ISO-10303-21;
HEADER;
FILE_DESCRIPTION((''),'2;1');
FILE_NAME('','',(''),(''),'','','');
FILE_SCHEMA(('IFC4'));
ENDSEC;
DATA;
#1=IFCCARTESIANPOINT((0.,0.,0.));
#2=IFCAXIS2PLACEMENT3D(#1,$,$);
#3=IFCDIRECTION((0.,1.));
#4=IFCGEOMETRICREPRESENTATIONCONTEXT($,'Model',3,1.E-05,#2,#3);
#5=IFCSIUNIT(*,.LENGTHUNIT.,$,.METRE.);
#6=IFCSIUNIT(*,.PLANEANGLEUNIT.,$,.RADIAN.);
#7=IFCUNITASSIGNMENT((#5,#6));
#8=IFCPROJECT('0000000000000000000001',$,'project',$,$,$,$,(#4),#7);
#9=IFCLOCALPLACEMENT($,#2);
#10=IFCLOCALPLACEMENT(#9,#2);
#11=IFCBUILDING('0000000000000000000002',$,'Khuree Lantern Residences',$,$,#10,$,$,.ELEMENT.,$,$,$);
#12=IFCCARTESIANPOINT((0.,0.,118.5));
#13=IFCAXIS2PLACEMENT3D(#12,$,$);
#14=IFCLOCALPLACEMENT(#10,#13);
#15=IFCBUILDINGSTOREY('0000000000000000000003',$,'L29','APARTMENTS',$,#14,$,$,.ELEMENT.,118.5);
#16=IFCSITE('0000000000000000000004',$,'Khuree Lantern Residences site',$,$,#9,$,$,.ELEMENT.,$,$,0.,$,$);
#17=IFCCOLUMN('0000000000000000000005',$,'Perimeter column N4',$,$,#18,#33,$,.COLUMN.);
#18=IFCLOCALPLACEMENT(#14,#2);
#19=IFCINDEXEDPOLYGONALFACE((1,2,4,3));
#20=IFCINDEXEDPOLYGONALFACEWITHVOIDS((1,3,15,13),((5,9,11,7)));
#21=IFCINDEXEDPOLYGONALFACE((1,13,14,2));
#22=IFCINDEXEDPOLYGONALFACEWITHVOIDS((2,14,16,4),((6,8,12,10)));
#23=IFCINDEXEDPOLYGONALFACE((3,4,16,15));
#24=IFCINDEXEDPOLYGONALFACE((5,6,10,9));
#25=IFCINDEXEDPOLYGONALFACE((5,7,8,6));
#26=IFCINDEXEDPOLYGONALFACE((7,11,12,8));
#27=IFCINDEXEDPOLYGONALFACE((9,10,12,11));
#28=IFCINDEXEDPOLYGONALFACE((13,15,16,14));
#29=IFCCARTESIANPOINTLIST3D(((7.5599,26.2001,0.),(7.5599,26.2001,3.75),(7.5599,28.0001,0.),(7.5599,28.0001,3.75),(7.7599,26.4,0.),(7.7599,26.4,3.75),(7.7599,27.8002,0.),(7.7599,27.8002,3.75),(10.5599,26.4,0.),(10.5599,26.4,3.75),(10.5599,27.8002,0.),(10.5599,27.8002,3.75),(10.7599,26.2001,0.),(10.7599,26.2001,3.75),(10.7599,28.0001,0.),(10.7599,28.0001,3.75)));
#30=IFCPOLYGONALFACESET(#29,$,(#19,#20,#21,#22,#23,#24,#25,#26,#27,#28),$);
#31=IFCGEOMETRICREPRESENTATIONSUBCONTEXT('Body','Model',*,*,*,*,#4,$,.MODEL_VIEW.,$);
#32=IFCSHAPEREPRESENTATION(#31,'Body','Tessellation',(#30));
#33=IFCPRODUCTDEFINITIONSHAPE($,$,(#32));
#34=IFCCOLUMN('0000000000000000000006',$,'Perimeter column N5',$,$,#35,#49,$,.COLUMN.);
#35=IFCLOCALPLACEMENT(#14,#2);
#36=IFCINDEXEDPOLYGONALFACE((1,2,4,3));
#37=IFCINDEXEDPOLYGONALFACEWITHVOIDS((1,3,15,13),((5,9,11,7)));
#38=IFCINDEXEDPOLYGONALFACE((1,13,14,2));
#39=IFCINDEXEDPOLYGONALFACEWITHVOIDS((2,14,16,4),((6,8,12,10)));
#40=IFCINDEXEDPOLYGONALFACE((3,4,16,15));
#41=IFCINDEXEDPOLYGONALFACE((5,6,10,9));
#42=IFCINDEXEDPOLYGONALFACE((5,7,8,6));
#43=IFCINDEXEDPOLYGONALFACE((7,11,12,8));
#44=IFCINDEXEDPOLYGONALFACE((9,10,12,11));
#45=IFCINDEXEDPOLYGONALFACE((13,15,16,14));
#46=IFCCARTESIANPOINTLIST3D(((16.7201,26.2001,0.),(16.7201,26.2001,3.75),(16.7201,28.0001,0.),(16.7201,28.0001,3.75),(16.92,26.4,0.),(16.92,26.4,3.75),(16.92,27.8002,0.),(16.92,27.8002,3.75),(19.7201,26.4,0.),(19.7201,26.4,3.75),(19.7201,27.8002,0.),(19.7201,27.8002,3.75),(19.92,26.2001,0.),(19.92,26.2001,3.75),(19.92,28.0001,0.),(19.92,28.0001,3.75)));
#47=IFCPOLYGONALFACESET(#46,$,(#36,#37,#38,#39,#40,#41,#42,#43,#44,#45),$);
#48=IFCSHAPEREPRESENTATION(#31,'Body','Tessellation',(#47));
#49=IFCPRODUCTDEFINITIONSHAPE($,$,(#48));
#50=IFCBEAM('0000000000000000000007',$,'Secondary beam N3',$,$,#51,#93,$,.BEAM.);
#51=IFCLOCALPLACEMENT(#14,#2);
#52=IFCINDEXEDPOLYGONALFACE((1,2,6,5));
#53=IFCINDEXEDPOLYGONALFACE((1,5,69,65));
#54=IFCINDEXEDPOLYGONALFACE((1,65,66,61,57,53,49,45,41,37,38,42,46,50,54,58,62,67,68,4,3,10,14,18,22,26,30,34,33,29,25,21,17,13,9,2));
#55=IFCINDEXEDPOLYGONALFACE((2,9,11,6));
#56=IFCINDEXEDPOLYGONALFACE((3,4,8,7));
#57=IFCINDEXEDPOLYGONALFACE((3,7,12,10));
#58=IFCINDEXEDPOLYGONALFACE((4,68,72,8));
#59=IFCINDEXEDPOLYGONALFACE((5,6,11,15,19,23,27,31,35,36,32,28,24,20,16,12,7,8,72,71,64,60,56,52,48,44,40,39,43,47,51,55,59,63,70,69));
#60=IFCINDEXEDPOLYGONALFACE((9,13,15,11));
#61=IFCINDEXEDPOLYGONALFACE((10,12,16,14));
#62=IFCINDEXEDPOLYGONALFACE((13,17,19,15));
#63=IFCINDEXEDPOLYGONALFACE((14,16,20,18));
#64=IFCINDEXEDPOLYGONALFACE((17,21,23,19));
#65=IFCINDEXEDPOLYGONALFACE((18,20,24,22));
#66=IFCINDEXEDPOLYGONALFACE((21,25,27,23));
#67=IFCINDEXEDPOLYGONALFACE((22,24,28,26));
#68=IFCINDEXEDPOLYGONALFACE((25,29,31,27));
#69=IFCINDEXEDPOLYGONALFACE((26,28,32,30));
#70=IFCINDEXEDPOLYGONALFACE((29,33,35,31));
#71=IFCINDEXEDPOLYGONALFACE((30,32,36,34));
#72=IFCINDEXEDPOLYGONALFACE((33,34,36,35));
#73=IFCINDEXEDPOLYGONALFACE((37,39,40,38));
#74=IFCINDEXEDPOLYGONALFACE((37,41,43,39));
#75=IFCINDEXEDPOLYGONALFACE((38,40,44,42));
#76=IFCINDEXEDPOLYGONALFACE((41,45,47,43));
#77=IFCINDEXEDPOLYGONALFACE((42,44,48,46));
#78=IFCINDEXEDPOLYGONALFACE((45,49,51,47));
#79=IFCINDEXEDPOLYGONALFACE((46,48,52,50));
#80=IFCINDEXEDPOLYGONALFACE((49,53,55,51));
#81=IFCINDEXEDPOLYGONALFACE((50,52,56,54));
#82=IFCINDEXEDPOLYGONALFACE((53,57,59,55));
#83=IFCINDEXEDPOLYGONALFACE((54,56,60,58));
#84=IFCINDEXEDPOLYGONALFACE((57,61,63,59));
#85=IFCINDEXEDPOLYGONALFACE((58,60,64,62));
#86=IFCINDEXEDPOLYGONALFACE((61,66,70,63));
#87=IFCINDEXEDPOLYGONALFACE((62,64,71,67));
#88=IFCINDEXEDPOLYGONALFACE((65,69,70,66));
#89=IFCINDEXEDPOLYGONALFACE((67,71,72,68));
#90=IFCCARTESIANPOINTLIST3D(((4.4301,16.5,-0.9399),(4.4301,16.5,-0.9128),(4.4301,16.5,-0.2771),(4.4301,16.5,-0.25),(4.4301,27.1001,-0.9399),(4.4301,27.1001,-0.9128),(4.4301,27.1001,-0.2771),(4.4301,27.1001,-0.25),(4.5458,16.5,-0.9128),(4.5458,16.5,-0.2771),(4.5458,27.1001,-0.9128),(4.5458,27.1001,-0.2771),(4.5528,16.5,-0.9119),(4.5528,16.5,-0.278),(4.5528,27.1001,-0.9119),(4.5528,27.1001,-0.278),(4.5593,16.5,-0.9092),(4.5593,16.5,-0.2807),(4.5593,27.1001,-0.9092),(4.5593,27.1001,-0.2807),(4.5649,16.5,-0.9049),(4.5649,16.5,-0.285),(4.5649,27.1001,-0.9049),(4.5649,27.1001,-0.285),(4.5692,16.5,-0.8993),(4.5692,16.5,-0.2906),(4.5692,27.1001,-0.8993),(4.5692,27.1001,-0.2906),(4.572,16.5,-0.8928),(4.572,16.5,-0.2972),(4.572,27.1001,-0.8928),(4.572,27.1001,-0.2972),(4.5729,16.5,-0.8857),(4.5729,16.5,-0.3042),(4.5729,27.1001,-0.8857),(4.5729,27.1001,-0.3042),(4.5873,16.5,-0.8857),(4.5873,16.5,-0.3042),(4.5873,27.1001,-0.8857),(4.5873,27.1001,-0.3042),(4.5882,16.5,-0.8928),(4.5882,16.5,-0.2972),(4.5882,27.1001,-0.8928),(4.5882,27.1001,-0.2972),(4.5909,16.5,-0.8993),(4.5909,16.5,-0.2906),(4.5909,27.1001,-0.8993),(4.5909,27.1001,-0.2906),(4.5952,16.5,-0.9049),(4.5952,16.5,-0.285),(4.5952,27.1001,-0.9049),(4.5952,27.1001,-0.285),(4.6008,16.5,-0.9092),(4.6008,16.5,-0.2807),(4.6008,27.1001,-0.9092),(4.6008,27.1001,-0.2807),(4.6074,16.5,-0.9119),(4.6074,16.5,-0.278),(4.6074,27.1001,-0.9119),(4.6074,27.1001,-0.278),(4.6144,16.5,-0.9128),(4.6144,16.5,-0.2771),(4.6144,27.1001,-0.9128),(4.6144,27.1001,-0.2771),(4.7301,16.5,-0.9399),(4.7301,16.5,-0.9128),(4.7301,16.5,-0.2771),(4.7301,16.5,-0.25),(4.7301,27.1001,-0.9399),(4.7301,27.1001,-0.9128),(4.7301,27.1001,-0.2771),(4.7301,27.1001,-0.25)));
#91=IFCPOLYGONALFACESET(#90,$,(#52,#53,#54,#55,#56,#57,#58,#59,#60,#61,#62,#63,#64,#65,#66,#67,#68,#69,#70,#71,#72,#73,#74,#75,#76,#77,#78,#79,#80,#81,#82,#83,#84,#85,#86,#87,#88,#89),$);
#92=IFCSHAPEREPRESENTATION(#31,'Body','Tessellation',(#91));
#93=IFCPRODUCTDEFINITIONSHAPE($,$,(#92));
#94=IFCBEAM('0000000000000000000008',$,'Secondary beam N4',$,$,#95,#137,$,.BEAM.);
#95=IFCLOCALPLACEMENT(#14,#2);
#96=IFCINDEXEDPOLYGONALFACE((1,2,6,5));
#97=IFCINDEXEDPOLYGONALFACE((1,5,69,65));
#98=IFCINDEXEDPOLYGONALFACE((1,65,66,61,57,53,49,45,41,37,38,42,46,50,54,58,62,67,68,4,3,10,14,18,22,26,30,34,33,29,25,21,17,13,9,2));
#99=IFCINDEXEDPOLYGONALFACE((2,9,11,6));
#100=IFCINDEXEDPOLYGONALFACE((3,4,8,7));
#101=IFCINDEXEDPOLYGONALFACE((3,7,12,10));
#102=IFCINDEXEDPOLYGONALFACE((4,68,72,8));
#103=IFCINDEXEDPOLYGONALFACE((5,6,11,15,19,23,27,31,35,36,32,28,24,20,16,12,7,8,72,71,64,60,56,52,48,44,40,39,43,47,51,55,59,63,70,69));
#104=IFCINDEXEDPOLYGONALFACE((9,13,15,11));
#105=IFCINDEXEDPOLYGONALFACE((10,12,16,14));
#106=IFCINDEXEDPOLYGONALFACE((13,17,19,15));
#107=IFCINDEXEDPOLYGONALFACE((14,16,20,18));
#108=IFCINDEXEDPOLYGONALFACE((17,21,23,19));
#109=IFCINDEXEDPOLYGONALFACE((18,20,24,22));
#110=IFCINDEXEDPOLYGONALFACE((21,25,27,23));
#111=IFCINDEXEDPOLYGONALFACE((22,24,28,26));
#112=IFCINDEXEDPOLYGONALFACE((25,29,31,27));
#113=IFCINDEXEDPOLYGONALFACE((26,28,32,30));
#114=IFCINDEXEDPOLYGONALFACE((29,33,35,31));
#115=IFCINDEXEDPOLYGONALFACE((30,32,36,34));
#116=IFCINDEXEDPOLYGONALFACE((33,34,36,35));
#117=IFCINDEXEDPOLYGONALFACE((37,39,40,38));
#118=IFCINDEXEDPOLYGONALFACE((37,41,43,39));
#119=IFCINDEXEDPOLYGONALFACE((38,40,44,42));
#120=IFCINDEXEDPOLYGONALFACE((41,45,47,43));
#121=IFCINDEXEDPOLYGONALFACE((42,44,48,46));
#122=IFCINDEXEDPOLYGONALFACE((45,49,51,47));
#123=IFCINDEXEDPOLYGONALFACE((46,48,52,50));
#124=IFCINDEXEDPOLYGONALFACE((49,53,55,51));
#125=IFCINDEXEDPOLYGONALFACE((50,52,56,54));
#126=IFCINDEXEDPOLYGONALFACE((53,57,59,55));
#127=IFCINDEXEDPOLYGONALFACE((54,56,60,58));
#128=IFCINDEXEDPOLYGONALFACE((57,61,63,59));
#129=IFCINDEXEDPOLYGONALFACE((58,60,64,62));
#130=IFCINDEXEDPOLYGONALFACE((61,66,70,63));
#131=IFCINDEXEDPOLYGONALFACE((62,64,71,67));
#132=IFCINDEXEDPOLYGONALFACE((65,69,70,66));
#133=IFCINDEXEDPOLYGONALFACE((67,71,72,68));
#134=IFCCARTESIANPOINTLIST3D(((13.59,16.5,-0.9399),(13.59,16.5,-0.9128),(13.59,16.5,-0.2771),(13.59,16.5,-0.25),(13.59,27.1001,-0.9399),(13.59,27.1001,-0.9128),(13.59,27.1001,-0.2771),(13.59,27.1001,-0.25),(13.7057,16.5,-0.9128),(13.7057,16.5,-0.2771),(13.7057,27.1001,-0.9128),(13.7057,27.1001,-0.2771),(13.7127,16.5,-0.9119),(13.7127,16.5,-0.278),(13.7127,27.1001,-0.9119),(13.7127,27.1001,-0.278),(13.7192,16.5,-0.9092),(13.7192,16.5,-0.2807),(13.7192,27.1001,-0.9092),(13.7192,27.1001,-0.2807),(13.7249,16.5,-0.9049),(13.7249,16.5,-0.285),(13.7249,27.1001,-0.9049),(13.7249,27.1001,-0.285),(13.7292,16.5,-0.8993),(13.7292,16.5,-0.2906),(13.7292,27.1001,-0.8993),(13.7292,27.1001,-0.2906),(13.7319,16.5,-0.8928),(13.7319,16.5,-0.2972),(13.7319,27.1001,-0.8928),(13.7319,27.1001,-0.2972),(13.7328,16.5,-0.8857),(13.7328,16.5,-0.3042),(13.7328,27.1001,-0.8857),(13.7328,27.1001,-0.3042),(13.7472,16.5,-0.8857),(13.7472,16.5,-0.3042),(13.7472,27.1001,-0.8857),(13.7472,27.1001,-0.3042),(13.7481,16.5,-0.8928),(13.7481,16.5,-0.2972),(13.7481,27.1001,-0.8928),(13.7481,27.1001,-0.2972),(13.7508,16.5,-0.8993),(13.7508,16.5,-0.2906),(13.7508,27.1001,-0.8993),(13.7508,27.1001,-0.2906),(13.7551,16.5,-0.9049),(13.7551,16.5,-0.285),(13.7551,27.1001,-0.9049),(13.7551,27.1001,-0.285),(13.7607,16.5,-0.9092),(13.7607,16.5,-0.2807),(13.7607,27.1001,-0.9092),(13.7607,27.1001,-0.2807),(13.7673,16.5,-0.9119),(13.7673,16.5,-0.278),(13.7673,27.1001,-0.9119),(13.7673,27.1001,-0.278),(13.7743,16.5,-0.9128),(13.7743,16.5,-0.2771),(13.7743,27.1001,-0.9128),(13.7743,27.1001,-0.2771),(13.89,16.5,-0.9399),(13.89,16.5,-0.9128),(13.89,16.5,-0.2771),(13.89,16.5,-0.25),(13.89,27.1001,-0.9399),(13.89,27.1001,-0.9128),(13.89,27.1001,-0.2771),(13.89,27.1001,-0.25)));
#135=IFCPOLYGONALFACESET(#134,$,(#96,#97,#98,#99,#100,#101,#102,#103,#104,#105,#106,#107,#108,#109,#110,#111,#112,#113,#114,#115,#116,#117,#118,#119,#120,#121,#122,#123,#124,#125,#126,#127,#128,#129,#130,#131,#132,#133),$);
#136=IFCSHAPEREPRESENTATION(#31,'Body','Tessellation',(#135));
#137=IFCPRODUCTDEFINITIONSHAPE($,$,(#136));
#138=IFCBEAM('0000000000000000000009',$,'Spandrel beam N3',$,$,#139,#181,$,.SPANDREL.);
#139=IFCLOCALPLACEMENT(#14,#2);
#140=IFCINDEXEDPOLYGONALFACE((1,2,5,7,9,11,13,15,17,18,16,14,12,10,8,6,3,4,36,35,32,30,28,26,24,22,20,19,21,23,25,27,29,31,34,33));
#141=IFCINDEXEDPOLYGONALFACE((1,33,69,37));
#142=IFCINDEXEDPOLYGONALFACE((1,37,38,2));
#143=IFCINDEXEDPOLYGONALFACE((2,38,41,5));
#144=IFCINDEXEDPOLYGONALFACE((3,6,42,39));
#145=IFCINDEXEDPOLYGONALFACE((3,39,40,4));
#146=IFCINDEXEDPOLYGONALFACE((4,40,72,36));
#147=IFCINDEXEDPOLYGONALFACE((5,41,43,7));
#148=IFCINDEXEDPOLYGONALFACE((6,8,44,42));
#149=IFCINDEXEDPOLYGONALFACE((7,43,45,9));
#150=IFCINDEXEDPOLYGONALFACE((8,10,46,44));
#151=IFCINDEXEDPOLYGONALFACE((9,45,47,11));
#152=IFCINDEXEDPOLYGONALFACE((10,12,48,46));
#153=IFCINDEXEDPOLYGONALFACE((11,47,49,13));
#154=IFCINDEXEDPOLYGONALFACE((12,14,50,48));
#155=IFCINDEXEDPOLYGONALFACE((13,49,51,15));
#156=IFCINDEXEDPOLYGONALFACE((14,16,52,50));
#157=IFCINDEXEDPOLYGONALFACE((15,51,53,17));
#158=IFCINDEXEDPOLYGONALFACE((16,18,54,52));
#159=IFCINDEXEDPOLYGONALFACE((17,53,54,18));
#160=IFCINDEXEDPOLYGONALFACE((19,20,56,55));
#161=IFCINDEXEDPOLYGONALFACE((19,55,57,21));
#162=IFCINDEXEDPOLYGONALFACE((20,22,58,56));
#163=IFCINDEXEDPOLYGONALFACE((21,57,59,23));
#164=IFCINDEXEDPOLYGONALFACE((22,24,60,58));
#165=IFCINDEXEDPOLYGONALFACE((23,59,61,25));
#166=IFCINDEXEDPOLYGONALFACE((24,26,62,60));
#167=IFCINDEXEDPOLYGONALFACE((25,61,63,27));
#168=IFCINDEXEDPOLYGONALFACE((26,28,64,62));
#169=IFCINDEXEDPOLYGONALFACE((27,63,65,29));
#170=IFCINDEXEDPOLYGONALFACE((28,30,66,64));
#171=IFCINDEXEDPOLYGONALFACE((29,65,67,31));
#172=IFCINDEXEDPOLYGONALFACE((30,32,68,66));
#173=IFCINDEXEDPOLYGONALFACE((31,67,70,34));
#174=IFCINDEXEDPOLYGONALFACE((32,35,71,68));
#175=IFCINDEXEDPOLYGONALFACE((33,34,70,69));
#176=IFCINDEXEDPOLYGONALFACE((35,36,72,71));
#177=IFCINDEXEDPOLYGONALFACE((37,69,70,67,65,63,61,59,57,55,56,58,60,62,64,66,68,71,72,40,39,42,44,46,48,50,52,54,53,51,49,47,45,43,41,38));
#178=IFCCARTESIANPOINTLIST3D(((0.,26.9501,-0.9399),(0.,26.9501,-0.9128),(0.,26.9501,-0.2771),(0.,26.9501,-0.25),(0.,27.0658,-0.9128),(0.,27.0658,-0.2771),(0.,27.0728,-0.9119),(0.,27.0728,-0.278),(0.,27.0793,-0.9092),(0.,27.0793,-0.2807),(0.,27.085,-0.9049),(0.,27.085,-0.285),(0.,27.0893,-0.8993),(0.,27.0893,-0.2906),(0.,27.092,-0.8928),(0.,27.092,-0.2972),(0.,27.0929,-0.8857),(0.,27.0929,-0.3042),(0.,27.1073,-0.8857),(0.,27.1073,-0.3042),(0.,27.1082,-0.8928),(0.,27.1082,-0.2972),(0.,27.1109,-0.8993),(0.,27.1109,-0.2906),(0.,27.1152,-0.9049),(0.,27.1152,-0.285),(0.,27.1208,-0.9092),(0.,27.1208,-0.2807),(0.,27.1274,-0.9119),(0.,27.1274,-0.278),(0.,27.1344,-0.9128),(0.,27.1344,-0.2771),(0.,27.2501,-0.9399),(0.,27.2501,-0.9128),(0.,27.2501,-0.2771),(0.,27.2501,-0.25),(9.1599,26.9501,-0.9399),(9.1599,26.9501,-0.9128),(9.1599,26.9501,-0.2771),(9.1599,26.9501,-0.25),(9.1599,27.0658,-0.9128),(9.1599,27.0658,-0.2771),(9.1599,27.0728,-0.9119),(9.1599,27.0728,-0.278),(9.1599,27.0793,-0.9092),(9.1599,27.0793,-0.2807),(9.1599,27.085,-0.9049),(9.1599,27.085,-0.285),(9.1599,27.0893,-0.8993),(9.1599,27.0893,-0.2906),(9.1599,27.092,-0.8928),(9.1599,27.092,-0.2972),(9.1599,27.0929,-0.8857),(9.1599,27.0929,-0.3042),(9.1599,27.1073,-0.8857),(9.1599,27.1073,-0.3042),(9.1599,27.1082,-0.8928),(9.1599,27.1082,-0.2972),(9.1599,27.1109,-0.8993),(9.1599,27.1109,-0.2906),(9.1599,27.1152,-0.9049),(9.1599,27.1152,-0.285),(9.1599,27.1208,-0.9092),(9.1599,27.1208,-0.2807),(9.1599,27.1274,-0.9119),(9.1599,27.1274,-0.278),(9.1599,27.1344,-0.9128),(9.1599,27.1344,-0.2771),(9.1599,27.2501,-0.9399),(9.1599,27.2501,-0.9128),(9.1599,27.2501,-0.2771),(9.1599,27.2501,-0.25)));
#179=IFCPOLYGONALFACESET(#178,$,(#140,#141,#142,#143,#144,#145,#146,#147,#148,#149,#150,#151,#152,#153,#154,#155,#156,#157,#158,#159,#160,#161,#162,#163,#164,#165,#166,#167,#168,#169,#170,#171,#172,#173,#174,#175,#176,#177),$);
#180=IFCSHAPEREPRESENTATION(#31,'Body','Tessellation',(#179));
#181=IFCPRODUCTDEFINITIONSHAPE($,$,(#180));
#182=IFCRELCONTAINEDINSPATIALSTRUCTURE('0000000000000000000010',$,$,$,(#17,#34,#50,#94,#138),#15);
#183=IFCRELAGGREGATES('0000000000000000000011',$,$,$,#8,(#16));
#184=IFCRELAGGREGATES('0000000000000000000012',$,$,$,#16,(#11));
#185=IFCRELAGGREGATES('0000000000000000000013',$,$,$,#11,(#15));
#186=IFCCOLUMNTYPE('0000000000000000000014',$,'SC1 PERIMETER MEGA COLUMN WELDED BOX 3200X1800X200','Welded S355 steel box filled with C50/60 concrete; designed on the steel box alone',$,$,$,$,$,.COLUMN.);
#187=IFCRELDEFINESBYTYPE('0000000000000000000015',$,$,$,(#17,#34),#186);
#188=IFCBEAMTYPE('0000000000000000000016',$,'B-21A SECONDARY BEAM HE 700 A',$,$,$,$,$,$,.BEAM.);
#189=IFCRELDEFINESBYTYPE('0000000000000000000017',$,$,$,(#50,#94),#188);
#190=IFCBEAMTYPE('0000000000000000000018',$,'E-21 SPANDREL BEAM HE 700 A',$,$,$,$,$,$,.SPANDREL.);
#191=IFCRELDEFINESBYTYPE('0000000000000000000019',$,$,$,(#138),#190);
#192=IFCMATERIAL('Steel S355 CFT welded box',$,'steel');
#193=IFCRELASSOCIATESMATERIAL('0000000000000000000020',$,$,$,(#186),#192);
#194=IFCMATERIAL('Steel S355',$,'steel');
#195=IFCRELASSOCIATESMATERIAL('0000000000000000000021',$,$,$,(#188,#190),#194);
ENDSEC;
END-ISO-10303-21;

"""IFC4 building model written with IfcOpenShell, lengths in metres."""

from ifc_helpers import new_model, si_unit, direction, frame, origin, origin_2d, place, context, subcontext, project, spatial, hollow_rectangle, i_section, extrude, material, material_profile, profile_set, type_object, element, save


model = new_model("IFC4")

# Units and contexts
model_context = context("Model", 3, precision=1e-05, world=origin(), true_north=direction((0.0, 1.0)))
body_context = subcontext(model_context, "Body", "Model", "MODEL_VIEW")
ifc_project = project(units=[si_unit("LENGTHUNIT", "METRE"), si_unit("PLANEANGLEUNIT", "RADIAN")], contexts=[model_context])

# Site, building, storey
site_placement = place(None, origin())
site = spatial("IfcSite", under=ifc_project, at=site_placement, Name="Khuree Lantern Residences site", CompositionType="ELEMENT", RefElevation=0.0)
building_placement = place(site_placement, origin())
building = spatial("IfcBuilding", under=site, at=building_placement, Name="Khuree Lantern Residences", CompositionType="ELEMENT")
storey_placement = place(building_placement, frame((0.0, 0.0, 118.5)))
storey = spatial("IfcBuildingStorey", under=building, at=storey_placement, Name="L29", Description="APARTMENTS", CompositionType="ELEMENT", Elevation=118.5)

# Columns
ifc_material_1 = material(Name="Steel S355 CFT welded box", Category="steel")
ifc_material_profile_1 = material_profile(ifc_material_1, hollow_rectangle(XDim=3.2, YDim=1.8, WallThickness=0.2, at=origin_2d()), Name="WELDED BOX 3200X1800X200")
ifc_profile_set_1 = profile_set([ifc_material_profile_1], Name="Steel S355 CFT welded box")
column_type = type_object("IfcColumnType", Name="SC1 PERIMETER MEGA COLUMN WELDED BOX 3200X1800X200", Description="Welded S355 steel box filled with C50/60 concrete; designed on the steel box alone", PredefinedType="COLUMN", material=ifc_profile_set_1)
for number, where, z_axis, x_axis, name in (
    (1, (9.1599, 27.1001, 0.0), (0.0, 0.0, 1.0), (1.0, 0.0, 0.0), "Perimeter column N4"),
    (2, (18.3201, 27.1001, 0.0), (0.0, 0.0, 1.0), (1.0, 0.0, 0.0), "Perimeter column N5"),
):
    element("IfcColumn", number, at=place(storey_placement, frame(where, z_axis=z_axis, x_axis=x_axis)), inside=storey, type_object=column_type, Name=name, PredefinedType="COLUMN", context=body_context, shape_type="SweptSolid", body=[
        extrude(hollow_rectangle(XDim=3.2, YDim=1.8, WallThickness=0.2, at=origin_2d()), origin(), (0.0, 0.0, 1.0), 3.75),
    ])

# Beams
ifc_material_2 = material(Name="Steel S355", Category="steel")
ifc_material_profile_2 = material_profile(ifc_material_2, i_section(OverallWidth=0.3, OverallDepth=0.6899, WebThickness=0.0144, FlangeThickness=0.0271, FilletRadius=0.0271, at=origin_2d()), Name="HE 700 A")
ifc_profile_set_2 = profile_set([ifc_material_profile_2], Name="Steel S355")
beam_type_1 = type_object("IfcBeamType", Name="B-21A SECONDARY BEAM HE 700 A", PredefinedType="BEAM", material=ifc_profile_set_2)
for number, where, z_axis, x_axis, name in (
    (3, (4.5801, 27.1001, -0.595), (0.0, -1.0, 0.0), (1.0, 0.0, 0.0), "Secondary beam N3"),
    (4, (13.74, 27.1001, -0.595), (0.0, -1.0, 0.0), (1.0, 0.0, 0.0), "Secondary beam N4"),
):
    element("IfcBeam", number, at=place(storey_placement, frame(where, z_axis=z_axis, x_axis=x_axis)), inside=storey, type_object=beam_type_1, Name=name, PredefinedType="BEAM", context=body_context, shape_type="SweptSolid", body=[
        extrude(i_section(OverallWidth=0.3, OverallDepth=0.6899, WebThickness=0.0144, FlangeThickness=0.0271, FilletRadius=0.0271, at=origin_2d()), origin(), (0.0, 0.0, 1.0), 10.6001),
    ])
ifc_material_profile_3 = material_profile(ifc_material_2, i_section(OverallWidth=0.3, OverallDepth=0.6899, WebThickness=0.0144, FlangeThickness=0.0271, FilletRadius=0.0271, at=origin_2d()), Name="HE 700 A")
ifc_profile_set_3 = profile_set([ifc_material_profile_3], Name="Steel S355")
beam_type_2 = type_object("IfcBeamType", Name="E-21 SPANDREL BEAM HE 700 A", PredefinedType="SPANDREL", material=ifc_profile_set_3)
beam_1_placement = place(storey_placement, frame((0.0, 27.1001, -0.595), z_axis=(1.0, 0.0, 0.0), x_axis=(0.0, 1.0, 0.0)))
element("IfcBeam", 5, at=beam_1_placement, inside=storey, type_object=beam_type_2, Name="Spandrel beam N3", PredefinedType="SPANDREL", context=body_context, shape_type="SweptSolid", body=[
    extrude(i_section(OverallWidth=0.3, OverallDepth=0.6899, WebThickness=0.0144, FlangeThickness=0.0271, FilletRadius=0.0271, at=origin_2d()), origin(), (0.0, 0.0, 1.0), 9.1599),
])

save(model, "model.ifc")
